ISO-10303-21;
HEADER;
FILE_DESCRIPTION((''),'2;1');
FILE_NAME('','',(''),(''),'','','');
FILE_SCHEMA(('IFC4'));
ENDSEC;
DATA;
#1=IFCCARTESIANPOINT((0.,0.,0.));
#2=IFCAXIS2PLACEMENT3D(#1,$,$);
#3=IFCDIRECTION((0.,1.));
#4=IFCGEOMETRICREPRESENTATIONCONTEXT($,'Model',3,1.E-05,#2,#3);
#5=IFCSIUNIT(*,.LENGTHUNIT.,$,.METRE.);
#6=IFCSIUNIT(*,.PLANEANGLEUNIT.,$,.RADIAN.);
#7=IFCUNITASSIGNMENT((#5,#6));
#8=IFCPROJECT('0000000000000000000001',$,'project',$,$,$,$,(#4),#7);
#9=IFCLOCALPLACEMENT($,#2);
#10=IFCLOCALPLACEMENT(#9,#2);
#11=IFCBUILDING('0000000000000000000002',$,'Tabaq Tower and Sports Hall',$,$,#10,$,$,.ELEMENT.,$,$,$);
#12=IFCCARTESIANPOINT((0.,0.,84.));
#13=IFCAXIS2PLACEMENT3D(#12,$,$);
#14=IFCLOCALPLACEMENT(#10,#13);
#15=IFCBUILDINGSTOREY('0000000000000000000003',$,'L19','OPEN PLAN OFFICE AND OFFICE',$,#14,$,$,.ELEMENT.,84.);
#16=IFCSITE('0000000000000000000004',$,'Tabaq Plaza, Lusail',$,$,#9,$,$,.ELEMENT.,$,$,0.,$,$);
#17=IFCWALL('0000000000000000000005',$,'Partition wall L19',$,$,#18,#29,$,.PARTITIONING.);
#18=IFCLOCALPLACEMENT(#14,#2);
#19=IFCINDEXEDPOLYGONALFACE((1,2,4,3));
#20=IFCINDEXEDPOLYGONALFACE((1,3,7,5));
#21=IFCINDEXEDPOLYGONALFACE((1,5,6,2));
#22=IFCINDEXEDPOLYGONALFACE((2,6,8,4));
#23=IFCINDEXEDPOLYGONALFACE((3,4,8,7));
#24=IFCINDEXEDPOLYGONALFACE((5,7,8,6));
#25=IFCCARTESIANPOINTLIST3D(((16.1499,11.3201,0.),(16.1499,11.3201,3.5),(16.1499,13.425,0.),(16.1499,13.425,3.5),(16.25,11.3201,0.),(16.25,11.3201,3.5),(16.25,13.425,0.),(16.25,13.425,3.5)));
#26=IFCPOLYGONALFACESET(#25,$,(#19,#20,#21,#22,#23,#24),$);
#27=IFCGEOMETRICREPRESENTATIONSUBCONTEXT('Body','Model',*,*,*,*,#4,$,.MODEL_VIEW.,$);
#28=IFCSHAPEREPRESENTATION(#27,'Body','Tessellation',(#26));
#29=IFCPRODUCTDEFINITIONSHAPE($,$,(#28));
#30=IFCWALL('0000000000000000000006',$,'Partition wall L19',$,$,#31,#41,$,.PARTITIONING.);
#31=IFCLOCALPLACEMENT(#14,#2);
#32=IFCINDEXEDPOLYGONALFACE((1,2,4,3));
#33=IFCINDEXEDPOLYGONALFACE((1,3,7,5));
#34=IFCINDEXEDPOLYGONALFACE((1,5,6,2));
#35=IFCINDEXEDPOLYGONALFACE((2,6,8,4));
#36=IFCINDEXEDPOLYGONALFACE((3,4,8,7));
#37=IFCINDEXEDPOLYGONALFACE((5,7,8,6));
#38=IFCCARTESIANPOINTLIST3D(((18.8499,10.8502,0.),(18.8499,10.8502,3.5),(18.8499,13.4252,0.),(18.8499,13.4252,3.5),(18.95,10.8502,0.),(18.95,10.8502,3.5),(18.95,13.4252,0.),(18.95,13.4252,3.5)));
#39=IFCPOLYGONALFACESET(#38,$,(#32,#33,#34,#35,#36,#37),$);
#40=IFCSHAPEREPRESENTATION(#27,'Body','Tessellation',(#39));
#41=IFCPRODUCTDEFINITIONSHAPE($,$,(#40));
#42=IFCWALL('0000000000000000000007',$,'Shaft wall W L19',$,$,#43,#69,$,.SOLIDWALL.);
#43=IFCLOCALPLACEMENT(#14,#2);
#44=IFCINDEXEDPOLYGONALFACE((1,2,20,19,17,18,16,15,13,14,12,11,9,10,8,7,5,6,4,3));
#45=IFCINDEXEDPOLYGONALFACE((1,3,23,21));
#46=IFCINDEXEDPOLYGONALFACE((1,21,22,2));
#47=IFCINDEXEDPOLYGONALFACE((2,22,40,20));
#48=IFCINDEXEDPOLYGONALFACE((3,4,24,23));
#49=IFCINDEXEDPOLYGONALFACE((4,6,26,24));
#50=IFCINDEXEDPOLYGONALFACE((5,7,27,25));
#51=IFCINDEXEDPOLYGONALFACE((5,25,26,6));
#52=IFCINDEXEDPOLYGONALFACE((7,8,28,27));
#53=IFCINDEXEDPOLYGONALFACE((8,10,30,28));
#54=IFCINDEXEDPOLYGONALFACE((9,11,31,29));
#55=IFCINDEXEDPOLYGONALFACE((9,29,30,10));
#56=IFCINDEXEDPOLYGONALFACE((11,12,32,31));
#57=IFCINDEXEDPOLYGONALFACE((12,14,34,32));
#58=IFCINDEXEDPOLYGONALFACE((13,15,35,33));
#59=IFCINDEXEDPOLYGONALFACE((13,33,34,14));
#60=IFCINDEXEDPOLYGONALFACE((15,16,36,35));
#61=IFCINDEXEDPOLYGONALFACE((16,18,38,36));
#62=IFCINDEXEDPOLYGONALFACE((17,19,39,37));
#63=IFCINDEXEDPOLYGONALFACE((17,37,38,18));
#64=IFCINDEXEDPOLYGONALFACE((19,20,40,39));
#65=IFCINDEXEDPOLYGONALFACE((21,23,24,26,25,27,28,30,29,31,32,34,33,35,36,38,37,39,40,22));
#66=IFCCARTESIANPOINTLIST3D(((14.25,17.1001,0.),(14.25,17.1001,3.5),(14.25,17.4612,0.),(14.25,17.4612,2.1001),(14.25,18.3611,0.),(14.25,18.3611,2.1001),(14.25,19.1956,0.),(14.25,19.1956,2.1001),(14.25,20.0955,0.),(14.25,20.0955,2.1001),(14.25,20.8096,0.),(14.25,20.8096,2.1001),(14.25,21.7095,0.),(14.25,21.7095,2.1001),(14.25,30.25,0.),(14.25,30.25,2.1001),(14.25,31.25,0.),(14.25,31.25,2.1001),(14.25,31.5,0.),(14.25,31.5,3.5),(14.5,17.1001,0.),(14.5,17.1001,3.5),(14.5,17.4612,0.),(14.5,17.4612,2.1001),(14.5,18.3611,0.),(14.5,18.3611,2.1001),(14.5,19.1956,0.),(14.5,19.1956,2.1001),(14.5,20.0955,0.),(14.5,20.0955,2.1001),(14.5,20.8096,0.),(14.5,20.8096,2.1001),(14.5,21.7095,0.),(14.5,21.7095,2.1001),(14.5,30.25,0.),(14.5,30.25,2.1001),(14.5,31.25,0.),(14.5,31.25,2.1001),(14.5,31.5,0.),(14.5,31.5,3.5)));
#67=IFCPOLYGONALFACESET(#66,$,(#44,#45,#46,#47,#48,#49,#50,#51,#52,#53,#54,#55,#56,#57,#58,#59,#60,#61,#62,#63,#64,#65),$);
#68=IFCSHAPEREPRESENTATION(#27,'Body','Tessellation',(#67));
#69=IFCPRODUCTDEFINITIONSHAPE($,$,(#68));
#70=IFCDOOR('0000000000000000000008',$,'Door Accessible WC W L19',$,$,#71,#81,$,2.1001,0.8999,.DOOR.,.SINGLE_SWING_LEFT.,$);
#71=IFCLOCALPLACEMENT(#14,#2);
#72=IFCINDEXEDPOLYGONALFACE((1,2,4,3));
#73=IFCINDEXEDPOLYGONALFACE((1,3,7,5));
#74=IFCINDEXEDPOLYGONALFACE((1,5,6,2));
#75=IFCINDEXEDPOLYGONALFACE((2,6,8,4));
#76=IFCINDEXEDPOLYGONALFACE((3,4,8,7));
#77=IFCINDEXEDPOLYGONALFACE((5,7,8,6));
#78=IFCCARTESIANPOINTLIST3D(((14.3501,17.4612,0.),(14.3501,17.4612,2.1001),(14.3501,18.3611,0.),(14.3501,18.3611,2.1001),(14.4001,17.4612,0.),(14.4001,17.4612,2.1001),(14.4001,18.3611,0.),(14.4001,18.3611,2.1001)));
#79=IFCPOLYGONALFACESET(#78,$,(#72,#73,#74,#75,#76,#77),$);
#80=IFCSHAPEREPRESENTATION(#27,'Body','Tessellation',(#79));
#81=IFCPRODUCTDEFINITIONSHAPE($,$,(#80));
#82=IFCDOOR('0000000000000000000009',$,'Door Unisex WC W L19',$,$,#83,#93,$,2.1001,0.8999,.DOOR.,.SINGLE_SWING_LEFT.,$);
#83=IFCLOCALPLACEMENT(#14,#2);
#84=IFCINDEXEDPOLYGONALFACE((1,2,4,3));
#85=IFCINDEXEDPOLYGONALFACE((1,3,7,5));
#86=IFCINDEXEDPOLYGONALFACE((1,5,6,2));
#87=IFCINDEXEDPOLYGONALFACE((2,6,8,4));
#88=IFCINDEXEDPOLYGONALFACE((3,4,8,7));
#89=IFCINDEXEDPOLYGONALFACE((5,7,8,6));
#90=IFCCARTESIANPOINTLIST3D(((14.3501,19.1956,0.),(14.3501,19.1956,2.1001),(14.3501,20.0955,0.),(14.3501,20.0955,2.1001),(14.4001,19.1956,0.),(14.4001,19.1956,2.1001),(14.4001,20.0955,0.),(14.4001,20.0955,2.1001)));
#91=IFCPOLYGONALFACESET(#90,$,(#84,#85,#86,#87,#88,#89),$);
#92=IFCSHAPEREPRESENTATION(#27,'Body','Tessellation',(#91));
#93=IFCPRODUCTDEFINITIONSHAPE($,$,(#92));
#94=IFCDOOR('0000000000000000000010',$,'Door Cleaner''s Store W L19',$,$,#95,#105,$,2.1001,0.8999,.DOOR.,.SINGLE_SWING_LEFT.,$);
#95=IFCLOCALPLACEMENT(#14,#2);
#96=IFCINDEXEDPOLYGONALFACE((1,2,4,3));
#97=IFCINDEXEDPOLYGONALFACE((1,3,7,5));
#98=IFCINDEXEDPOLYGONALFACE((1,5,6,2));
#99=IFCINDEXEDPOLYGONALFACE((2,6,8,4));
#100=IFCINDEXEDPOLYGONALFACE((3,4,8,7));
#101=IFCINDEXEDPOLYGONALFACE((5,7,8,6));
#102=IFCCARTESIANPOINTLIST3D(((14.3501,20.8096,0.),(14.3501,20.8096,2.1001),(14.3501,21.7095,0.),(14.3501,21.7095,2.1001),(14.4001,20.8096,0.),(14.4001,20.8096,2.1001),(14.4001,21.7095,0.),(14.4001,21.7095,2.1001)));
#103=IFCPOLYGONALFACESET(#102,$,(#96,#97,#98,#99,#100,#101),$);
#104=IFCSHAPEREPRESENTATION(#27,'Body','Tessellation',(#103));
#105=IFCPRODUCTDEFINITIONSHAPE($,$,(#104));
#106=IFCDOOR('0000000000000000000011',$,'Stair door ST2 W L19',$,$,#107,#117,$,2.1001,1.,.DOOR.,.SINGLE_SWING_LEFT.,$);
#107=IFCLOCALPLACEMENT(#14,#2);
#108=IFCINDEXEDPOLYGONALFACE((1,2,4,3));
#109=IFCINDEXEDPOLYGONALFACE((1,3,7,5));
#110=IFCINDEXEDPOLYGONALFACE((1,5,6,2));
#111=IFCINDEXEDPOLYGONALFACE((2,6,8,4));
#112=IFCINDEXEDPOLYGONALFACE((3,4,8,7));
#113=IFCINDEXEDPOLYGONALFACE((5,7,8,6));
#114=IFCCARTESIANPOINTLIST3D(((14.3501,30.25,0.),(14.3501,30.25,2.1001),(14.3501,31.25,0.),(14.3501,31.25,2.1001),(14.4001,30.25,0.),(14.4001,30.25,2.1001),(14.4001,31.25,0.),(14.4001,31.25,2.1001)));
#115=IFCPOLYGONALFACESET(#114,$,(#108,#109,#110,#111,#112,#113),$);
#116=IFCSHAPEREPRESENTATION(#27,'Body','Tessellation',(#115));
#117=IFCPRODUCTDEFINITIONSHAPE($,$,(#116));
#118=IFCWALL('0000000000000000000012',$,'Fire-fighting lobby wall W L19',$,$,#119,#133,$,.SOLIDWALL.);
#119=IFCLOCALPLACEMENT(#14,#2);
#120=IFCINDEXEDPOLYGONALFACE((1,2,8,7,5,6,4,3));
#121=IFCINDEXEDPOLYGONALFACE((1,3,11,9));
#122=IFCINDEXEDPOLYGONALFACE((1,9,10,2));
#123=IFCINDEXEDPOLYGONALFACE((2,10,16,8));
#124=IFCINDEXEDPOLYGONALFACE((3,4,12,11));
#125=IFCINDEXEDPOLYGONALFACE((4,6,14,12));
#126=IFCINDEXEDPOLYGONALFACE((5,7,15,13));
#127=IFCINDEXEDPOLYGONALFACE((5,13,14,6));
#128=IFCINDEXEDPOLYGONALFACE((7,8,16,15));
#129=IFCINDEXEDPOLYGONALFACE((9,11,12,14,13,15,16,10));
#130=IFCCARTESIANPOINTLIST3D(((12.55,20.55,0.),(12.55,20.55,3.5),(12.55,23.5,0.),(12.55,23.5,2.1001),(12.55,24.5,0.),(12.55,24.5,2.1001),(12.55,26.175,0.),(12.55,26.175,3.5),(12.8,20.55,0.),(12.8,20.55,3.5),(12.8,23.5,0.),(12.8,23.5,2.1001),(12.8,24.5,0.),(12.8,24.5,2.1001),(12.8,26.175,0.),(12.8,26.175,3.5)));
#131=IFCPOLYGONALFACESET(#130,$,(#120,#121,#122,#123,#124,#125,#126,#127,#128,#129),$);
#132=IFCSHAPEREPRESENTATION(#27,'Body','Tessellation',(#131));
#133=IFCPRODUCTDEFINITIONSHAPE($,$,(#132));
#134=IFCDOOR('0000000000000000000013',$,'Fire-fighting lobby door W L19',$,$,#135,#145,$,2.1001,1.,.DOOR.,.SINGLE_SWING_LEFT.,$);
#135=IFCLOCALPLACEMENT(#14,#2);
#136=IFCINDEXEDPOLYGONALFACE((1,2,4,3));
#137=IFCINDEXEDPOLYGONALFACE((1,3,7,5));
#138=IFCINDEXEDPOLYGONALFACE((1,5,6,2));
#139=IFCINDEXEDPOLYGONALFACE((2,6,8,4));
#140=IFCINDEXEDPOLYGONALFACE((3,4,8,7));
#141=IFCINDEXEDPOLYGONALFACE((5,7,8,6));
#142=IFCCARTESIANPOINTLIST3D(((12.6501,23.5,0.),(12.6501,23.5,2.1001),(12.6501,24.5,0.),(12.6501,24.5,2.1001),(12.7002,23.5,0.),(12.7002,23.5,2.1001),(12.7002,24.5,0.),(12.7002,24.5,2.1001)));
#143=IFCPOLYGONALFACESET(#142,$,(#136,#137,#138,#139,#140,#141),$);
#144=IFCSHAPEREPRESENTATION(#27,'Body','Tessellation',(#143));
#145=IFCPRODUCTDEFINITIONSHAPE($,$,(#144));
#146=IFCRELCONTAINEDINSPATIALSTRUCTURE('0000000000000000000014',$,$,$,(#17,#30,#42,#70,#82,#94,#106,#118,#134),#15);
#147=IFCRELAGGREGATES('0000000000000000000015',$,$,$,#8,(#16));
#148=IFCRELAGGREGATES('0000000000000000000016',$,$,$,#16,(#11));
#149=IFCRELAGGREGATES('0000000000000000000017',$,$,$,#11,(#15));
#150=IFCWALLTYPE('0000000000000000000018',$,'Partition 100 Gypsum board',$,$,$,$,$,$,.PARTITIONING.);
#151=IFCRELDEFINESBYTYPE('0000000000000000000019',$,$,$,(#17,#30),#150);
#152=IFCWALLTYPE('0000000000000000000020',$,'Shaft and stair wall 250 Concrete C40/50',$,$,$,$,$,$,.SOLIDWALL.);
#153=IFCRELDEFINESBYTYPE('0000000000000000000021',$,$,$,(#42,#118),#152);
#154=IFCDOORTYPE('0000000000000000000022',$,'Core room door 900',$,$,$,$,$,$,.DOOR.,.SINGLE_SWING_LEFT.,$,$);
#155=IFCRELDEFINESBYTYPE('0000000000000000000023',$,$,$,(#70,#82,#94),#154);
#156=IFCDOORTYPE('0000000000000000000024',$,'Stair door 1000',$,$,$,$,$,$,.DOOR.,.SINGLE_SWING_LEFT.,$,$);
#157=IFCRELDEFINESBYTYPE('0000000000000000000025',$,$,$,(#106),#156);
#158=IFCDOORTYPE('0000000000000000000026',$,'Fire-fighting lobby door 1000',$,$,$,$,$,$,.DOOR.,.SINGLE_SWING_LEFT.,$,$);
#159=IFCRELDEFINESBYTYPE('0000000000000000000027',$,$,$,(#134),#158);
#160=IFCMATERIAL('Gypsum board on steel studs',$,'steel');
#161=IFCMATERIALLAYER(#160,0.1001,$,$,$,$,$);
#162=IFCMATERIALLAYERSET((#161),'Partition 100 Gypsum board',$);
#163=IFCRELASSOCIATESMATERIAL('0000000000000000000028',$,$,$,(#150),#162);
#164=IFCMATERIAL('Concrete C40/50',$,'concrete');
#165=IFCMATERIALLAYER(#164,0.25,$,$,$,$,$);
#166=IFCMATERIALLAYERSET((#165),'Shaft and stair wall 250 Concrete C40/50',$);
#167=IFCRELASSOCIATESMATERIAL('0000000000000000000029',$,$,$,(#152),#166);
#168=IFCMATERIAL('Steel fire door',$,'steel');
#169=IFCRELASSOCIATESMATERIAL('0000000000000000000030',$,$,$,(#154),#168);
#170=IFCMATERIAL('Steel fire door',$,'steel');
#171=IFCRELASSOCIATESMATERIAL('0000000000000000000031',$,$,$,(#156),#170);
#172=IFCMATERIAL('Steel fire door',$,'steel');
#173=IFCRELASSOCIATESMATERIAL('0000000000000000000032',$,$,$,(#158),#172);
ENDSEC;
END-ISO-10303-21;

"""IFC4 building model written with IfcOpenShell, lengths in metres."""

from ifc_helpers import new_model, si_unit, direction, frame, frame_2d, origin, place, context, subcontext, project, spatial, rectangle, extrude, material, layer, layer_set, type_object, element, fill, save


model = new_model("IFC4")

# Units and contexts
model_context = context("Model", 3, precision=1e-05, world=origin(), true_north=direction((0.0, 1.0)))
body_context = subcontext(model_context, "Body", "Model", "MODEL_VIEW")
ifc_project = project(units=[si_unit("LENGTHUNIT", "METRE"), si_unit("PLANEANGLEUNIT", "RADIAN")], contexts=[model_context])

# Site, building, storey
site_placement = place(None, origin())
site = spatial("IfcSite", under=ifc_project, at=site_placement, Name="Tabaq Plaza, Lusail", CompositionType="ELEMENT", RefElevation=0.0)
building_placement = place(site_placement, origin())
building = spatial("IfcBuilding", under=site, at=building_placement, Name="Tabaq Tower and Sports Hall", CompositionType="ELEMENT")
storey_placement = place(building_placement, frame((0.0, 0.0, 84.0)))
storey = spatial("IfcBuildingStorey", under=building, at=storey_placement, Name="L19", Description="OPEN PLAN OFFICE AND OFFICE", CompositionType="ELEMENT", Elevation=84.0)

# Walls
ifc_material_1 = material(Name="Gypsum board on steel studs", Category="steel")
ifc_layer_1 = layer(ifc_material_1, 0.1001)
ifc_layer_set_1 = layer_set([ifc_layer_1], Name="Partition 100 Gypsum board")
wall_type_1 = type_object("IfcWallType", Name="Partition 100 Gypsum board", PredefinedType="PARTITIONING", material=ifc_layer_set_1)
for number, where, z_axis, x_axis, name in (
    (1, (16.2, 11.3201, 0.0), (0.0, 0.0, 1.0), (0.0, 1.0, 0.0), "Partition wall L19"),
):
    element("IfcWall", number, at=place(storey_placement, frame(where, z_axis=z_axis, x_axis=x_axis)), inside=storey, type_object=wall_type_1, Name=name, PredefinedType="PARTITIONING", context=body_context, shape_type="SweptSolid", body=[
        extrude(rectangle(XDim=2.105, YDim=0.1001, at=frame_2d((1.0525, 0.0))), origin(), (0.0, 0.0, 1.0), 3.5),
    ])
wall_1_placement = place(storey_placement, frame((18.8999, 10.8501, 0.0), z_axis=(0.0, 0.0, 1.0), x_axis=(0.0, 1.0, 0.0)))
element("IfcWall", 2, at=wall_1_placement, inside=storey, type_object=wall_type_1, Name="Partition wall L19", PredefinedType="PARTITIONING", context=body_context, shape_type="SweptSolid", body=[
    extrude(rectangle(XDim=2.575, YDim=0.1001, at=frame_2d((1.2876, 0.0))), origin(), (0.0, 0.0, 1.0), 3.5),
])

# Wall, openings, doors
ifc_material_2 = material(Name="Concrete C40/50", Category="concrete")
ifc_layer_2 = layer(ifc_material_2, 0.25)
ifc_layer_set_2 = layer_set([ifc_layer_2], Name="Shaft and stair wall 250 Concrete C40/50")
wall_type_2 = type_object("IfcWallType", Name="Shaft and stair wall 250 Concrete C40/50", PredefinedType="SOLIDWALL", material=ifc_layer_set_2)
wall_2_placement = place(storey_placement, frame((14.375, 17.1001, 0.0), z_axis=(0.0, 0.0, 1.0), x_axis=(0.0, 1.0, 0.0)))
wall_2 = element("IfcWall", 3, at=wall_2_placement, inside=storey, type_object=wall_type_2, Name="Shaft wall W L19", PredefinedType="SOLIDWALL", context=body_context, shape_type="SweptSolid", body=[
    extrude(rectangle(XDim=14.3999, YDim=0.25, at=frame_2d((7.2, 0.0))), origin(), (0.0, 0.0, 1.0), 3.5),
])
opening_1_placement = place(wall_2_placement, frame((13.1499, 0.0, 0.0)))
opening_1 = element("IfcOpeningElement", 4, at=opening_1_placement, cuts=wall_2, PredefinedType="OPENING", context=body_context, shape_type="SweptSolid", body=[
    extrude(rectangle(XDim=1.0, YDim=2.1001, at=frame_2d((0.5, 1.05))), frame((0.0, 0.125, 0.0), z_axis=(0.0, -1.0, 0.0), x_axis=(1.0, 0.0, 0.0)), (0.0, 0.0, 1.0), 0.25),
])
opening_2_placement = place(wall_2_placement, frame((0.3611, 0.0, 0.0)))
opening_2 = element("IfcOpeningElement", 5, at=opening_2_placement, cuts=wall_2, PredefinedType="OPENING", context=body_context, shape_type="SweptSolid", body=[
    extrude(rectangle(XDim=0.8999, YDim=2.1001, at=frame_2d((0.45, 1.05))), frame((0.0, 0.125, 0.0), z_axis=(0.0, -1.0, 0.0), x_axis=(1.0, 0.0, 0.0)), (0.0, 0.0, 1.0), 0.25),
])
opening_3_placement = place(wall_2_placement, frame((2.0955, 0.0, 0.0)))
opening_3 = element("IfcOpeningElement", 6, at=opening_3_placement, cuts=wall_2, PredefinedType="OPENING", context=body_context, shape_type="SweptSolid", body=[
    extrude(rectangle(XDim=0.8999, YDim=2.1001, at=frame_2d((0.45, 1.05))), frame((0.0, 0.125, 0.0), z_axis=(0.0, -1.0, 0.0), x_axis=(1.0, 0.0, 0.0)), (0.0, 0.0, 1.0), 0.25),
])
opening_4_placement = place(wall_2_placement, frame((3.7095, 0.0, 0.0)))
opening_4 = element("IfcOpeningElement", 7, at=opening_4_placement, cuts=wall_2, PredefinedType="OPENING", context=body_context, shape_type="SweptSolid", body=[
    extrude(rectangle(XDim=0.8999, YDim=2.1001, at=frame_2d((0.45, 1.05))), frame((0.0, 0.125, 0.0), z_axis=(0.0, -1.0, 0.0), x_axis=(1.0, 0.0, 0.0)), (0.0, 0.0, 1.0), 0.25),
])
ifc_material_3 = material(Name="Steel fire door", Category="steel")
door_type_1 = type_object("IfcDoorType", Name="Core room door 900", OperationType="SINGLE_SWING_LEFT", PredefinedType="DOOR", material=ifc_material_3)
door_1_placement = place(opening_2_placement, origin())
door_1 = element("IfcDoor", 8, at=door_1_placement, inside=storey, type_object=door_type_1, Name="Door Accessible WC W L19", OperationType="SINGLE_SWING_LEFT", OverallHeight=2.1001, OverallWidth=0.8999, PredefinedType="DOOR", context=body_context, shape_type="SweptSolid", body=[
    extrude(rectangle(XDim=0.8999, YDim=2.1001, at=frame_2d((0.45, 1.05))), frame((0.0, 0.0249, 0.0), z_axis=(0.0, -1.0, 0.0), x_axis=(1.0, 0.0, 0.0)), (0.0, 0.0, 1.0), 0.05),
])
fill(opening_2, door_1)
door_2_placement = place(opening_3_placement, origin())
door_2 = element("IfcDoor", 9, at=door_2_placement, inside=storey, type_object=door_type_1, Name="Door Unisex WC W L19", OperationType="SINGLE_SWING_LEFT", OverallHeight=2.1001, OverallWidth=0.8999, PredefinedType="DOOR", context=body_context, shape_type="SweptSolid", body=[
    extrude(rectangle(XDim=0.8999, YDim=2.1001, at=frame_2d((0.45, 1.05))), frame((0.0, 0.0249, 0.0), z_axis=(0.0, -1.0, 0.0), x_axis=(1.0, 0.0, 0.0)), (0.0, 0.0, 1.0), 0.05),
])
fill(opening_3, door_2)
door_3_placement = place(opening_4_placement, origin())
door_3 = element("IfcDoor", 10, at=door_3_placement, inside=storey, type_object=door_type_1, Name="Door Cleaner's Store W L19", OperationType="SINGLE_SWING_LEFT", OverallHeight=2.1001, OverallWidth=0.8999, PredefinedType="DOOR", context=body_context, shape_type="SweptSolid", body=[
    extrude(rectangle(XDim=0.8999, YDim=2.1001, at=frame_2d((0.45, 1.05))), frame((0.0, 0.0249, 0.0), z_axis=(0.0, -1.0, 0.0), x_axis=(1.0, 0.0, 0.0)), (0.0, 0.0, 1.0), 0.05),
])
fill(opening_4, door_3)
ifc_material_4 = material(Name="Steel fire door", Category="steel")
door_type_2 = type_object("IfcDoorType", Name="Stair door 1000", OperationType="SINGLE_SWING_LEFT", PredefinedType="DOOR", material=ifc_material_4)
door_4_placement = place(opening_1_placement, origin())
door_4 = element("IfcDoor", 11, at=door_4_placement, inside=storey, type_object=door_type_2, Name="Stair door ST2 W L19", OperationType="SINGLE_SWING_LEFT", OverallHeight=2.1001, OverallWidth=1.0, PredefinedType="DOOR", context=body_context, shape_type="SweptSolid", body=[
    extrude(rectangle(XDim=1.0, YDim=2.1001, at=frame_2d((0.5, 1.05))), frame((0.0, 0.0249, 0.0), z_axis=(0.0, -1.0, 0.0), x_axis=(1.0, 0.0, 0.0)), (0.0, 0.0, 1.0), 0.05),
])
fill(opening_1, door_4)

# Wall, opening, door
wall_3_placement = place(storey_placement, frame((12.675, 20.55, 0.0), z_axis=(0.0, 0.0, 1.0), x_axis=(0.0, 1.0, 0.0)))
wall_3 = element("IfcWall", 12, at=wall_3_placement, inside=storey, type_object=wall_type_2, Name="Fire-fighting lobby wall W L19", PredefinedType="SOLIDWALL", context=body_context, shape_type="SweptSolid", body=[
    extrude(rectangle(XDim=5.625, YDim=0.25, at=frame_2d((2.8125, 0.0))), origin(), (0.0, 0.0, 1.0), 3.5),
])
opening_5_placement = place(wall_3_placement, frame((2.95, 0.0, 0.0)))
opening_5 = element("IfcOpeningElement", 13, at=opening_5_placement, cuts=wall_3, PredefinedType="OPENING", context=body_context, shape_type="SweptSolid", body=[
    extrude(rectangle(XDim=1.0, YDim=2.1001, at=frame_2d((0.5, 1.05))), frame((0.0, 0.125, 0.0), z_axis=(0.0, -1.0, 0.0), x_axis=(1.0, 0.0, 0.0)), (0.0, 0.0, 1.0), 0.25),
])
ifc_material_5 = material(Name="Steel fire door", Category="steel")
door_type_3 = type_object("IfcDoorType", Name="Fire-fighting lobby door 1000", OperationType="SINGLE_SWING_LEFT", PredefinedType="DOOR", material=ifc_material_5)
door_5_placement = place(opening_5_placement, origin())
door_5 = element("IfcDoor", 14, at=door_5_placement, inside=storey, type_object=door_type_3, Name="Fire-fighting lobby door W L19", OperationType="SINGLE_SWING_LEFT", OverallHeight=2.1001, OverallWidth=1.0, PredefinedType="DOOR", context=body_context, shape_type="SweptSolid", body=[
    extrude(rectangle(XDim=1.0, YDim=2.1001, at=frame_2d((0.5, 1.05))), frame((0.0, 0.0249, 0.0), z_axis=(0.0, -1.0, 0.0), x_axis=(1.0, 0.0, 0.0)), (0.0, 0.0, 1.0), 0.05),
])
fill(opening_5, door_5)

save(model, "model.ifc")
